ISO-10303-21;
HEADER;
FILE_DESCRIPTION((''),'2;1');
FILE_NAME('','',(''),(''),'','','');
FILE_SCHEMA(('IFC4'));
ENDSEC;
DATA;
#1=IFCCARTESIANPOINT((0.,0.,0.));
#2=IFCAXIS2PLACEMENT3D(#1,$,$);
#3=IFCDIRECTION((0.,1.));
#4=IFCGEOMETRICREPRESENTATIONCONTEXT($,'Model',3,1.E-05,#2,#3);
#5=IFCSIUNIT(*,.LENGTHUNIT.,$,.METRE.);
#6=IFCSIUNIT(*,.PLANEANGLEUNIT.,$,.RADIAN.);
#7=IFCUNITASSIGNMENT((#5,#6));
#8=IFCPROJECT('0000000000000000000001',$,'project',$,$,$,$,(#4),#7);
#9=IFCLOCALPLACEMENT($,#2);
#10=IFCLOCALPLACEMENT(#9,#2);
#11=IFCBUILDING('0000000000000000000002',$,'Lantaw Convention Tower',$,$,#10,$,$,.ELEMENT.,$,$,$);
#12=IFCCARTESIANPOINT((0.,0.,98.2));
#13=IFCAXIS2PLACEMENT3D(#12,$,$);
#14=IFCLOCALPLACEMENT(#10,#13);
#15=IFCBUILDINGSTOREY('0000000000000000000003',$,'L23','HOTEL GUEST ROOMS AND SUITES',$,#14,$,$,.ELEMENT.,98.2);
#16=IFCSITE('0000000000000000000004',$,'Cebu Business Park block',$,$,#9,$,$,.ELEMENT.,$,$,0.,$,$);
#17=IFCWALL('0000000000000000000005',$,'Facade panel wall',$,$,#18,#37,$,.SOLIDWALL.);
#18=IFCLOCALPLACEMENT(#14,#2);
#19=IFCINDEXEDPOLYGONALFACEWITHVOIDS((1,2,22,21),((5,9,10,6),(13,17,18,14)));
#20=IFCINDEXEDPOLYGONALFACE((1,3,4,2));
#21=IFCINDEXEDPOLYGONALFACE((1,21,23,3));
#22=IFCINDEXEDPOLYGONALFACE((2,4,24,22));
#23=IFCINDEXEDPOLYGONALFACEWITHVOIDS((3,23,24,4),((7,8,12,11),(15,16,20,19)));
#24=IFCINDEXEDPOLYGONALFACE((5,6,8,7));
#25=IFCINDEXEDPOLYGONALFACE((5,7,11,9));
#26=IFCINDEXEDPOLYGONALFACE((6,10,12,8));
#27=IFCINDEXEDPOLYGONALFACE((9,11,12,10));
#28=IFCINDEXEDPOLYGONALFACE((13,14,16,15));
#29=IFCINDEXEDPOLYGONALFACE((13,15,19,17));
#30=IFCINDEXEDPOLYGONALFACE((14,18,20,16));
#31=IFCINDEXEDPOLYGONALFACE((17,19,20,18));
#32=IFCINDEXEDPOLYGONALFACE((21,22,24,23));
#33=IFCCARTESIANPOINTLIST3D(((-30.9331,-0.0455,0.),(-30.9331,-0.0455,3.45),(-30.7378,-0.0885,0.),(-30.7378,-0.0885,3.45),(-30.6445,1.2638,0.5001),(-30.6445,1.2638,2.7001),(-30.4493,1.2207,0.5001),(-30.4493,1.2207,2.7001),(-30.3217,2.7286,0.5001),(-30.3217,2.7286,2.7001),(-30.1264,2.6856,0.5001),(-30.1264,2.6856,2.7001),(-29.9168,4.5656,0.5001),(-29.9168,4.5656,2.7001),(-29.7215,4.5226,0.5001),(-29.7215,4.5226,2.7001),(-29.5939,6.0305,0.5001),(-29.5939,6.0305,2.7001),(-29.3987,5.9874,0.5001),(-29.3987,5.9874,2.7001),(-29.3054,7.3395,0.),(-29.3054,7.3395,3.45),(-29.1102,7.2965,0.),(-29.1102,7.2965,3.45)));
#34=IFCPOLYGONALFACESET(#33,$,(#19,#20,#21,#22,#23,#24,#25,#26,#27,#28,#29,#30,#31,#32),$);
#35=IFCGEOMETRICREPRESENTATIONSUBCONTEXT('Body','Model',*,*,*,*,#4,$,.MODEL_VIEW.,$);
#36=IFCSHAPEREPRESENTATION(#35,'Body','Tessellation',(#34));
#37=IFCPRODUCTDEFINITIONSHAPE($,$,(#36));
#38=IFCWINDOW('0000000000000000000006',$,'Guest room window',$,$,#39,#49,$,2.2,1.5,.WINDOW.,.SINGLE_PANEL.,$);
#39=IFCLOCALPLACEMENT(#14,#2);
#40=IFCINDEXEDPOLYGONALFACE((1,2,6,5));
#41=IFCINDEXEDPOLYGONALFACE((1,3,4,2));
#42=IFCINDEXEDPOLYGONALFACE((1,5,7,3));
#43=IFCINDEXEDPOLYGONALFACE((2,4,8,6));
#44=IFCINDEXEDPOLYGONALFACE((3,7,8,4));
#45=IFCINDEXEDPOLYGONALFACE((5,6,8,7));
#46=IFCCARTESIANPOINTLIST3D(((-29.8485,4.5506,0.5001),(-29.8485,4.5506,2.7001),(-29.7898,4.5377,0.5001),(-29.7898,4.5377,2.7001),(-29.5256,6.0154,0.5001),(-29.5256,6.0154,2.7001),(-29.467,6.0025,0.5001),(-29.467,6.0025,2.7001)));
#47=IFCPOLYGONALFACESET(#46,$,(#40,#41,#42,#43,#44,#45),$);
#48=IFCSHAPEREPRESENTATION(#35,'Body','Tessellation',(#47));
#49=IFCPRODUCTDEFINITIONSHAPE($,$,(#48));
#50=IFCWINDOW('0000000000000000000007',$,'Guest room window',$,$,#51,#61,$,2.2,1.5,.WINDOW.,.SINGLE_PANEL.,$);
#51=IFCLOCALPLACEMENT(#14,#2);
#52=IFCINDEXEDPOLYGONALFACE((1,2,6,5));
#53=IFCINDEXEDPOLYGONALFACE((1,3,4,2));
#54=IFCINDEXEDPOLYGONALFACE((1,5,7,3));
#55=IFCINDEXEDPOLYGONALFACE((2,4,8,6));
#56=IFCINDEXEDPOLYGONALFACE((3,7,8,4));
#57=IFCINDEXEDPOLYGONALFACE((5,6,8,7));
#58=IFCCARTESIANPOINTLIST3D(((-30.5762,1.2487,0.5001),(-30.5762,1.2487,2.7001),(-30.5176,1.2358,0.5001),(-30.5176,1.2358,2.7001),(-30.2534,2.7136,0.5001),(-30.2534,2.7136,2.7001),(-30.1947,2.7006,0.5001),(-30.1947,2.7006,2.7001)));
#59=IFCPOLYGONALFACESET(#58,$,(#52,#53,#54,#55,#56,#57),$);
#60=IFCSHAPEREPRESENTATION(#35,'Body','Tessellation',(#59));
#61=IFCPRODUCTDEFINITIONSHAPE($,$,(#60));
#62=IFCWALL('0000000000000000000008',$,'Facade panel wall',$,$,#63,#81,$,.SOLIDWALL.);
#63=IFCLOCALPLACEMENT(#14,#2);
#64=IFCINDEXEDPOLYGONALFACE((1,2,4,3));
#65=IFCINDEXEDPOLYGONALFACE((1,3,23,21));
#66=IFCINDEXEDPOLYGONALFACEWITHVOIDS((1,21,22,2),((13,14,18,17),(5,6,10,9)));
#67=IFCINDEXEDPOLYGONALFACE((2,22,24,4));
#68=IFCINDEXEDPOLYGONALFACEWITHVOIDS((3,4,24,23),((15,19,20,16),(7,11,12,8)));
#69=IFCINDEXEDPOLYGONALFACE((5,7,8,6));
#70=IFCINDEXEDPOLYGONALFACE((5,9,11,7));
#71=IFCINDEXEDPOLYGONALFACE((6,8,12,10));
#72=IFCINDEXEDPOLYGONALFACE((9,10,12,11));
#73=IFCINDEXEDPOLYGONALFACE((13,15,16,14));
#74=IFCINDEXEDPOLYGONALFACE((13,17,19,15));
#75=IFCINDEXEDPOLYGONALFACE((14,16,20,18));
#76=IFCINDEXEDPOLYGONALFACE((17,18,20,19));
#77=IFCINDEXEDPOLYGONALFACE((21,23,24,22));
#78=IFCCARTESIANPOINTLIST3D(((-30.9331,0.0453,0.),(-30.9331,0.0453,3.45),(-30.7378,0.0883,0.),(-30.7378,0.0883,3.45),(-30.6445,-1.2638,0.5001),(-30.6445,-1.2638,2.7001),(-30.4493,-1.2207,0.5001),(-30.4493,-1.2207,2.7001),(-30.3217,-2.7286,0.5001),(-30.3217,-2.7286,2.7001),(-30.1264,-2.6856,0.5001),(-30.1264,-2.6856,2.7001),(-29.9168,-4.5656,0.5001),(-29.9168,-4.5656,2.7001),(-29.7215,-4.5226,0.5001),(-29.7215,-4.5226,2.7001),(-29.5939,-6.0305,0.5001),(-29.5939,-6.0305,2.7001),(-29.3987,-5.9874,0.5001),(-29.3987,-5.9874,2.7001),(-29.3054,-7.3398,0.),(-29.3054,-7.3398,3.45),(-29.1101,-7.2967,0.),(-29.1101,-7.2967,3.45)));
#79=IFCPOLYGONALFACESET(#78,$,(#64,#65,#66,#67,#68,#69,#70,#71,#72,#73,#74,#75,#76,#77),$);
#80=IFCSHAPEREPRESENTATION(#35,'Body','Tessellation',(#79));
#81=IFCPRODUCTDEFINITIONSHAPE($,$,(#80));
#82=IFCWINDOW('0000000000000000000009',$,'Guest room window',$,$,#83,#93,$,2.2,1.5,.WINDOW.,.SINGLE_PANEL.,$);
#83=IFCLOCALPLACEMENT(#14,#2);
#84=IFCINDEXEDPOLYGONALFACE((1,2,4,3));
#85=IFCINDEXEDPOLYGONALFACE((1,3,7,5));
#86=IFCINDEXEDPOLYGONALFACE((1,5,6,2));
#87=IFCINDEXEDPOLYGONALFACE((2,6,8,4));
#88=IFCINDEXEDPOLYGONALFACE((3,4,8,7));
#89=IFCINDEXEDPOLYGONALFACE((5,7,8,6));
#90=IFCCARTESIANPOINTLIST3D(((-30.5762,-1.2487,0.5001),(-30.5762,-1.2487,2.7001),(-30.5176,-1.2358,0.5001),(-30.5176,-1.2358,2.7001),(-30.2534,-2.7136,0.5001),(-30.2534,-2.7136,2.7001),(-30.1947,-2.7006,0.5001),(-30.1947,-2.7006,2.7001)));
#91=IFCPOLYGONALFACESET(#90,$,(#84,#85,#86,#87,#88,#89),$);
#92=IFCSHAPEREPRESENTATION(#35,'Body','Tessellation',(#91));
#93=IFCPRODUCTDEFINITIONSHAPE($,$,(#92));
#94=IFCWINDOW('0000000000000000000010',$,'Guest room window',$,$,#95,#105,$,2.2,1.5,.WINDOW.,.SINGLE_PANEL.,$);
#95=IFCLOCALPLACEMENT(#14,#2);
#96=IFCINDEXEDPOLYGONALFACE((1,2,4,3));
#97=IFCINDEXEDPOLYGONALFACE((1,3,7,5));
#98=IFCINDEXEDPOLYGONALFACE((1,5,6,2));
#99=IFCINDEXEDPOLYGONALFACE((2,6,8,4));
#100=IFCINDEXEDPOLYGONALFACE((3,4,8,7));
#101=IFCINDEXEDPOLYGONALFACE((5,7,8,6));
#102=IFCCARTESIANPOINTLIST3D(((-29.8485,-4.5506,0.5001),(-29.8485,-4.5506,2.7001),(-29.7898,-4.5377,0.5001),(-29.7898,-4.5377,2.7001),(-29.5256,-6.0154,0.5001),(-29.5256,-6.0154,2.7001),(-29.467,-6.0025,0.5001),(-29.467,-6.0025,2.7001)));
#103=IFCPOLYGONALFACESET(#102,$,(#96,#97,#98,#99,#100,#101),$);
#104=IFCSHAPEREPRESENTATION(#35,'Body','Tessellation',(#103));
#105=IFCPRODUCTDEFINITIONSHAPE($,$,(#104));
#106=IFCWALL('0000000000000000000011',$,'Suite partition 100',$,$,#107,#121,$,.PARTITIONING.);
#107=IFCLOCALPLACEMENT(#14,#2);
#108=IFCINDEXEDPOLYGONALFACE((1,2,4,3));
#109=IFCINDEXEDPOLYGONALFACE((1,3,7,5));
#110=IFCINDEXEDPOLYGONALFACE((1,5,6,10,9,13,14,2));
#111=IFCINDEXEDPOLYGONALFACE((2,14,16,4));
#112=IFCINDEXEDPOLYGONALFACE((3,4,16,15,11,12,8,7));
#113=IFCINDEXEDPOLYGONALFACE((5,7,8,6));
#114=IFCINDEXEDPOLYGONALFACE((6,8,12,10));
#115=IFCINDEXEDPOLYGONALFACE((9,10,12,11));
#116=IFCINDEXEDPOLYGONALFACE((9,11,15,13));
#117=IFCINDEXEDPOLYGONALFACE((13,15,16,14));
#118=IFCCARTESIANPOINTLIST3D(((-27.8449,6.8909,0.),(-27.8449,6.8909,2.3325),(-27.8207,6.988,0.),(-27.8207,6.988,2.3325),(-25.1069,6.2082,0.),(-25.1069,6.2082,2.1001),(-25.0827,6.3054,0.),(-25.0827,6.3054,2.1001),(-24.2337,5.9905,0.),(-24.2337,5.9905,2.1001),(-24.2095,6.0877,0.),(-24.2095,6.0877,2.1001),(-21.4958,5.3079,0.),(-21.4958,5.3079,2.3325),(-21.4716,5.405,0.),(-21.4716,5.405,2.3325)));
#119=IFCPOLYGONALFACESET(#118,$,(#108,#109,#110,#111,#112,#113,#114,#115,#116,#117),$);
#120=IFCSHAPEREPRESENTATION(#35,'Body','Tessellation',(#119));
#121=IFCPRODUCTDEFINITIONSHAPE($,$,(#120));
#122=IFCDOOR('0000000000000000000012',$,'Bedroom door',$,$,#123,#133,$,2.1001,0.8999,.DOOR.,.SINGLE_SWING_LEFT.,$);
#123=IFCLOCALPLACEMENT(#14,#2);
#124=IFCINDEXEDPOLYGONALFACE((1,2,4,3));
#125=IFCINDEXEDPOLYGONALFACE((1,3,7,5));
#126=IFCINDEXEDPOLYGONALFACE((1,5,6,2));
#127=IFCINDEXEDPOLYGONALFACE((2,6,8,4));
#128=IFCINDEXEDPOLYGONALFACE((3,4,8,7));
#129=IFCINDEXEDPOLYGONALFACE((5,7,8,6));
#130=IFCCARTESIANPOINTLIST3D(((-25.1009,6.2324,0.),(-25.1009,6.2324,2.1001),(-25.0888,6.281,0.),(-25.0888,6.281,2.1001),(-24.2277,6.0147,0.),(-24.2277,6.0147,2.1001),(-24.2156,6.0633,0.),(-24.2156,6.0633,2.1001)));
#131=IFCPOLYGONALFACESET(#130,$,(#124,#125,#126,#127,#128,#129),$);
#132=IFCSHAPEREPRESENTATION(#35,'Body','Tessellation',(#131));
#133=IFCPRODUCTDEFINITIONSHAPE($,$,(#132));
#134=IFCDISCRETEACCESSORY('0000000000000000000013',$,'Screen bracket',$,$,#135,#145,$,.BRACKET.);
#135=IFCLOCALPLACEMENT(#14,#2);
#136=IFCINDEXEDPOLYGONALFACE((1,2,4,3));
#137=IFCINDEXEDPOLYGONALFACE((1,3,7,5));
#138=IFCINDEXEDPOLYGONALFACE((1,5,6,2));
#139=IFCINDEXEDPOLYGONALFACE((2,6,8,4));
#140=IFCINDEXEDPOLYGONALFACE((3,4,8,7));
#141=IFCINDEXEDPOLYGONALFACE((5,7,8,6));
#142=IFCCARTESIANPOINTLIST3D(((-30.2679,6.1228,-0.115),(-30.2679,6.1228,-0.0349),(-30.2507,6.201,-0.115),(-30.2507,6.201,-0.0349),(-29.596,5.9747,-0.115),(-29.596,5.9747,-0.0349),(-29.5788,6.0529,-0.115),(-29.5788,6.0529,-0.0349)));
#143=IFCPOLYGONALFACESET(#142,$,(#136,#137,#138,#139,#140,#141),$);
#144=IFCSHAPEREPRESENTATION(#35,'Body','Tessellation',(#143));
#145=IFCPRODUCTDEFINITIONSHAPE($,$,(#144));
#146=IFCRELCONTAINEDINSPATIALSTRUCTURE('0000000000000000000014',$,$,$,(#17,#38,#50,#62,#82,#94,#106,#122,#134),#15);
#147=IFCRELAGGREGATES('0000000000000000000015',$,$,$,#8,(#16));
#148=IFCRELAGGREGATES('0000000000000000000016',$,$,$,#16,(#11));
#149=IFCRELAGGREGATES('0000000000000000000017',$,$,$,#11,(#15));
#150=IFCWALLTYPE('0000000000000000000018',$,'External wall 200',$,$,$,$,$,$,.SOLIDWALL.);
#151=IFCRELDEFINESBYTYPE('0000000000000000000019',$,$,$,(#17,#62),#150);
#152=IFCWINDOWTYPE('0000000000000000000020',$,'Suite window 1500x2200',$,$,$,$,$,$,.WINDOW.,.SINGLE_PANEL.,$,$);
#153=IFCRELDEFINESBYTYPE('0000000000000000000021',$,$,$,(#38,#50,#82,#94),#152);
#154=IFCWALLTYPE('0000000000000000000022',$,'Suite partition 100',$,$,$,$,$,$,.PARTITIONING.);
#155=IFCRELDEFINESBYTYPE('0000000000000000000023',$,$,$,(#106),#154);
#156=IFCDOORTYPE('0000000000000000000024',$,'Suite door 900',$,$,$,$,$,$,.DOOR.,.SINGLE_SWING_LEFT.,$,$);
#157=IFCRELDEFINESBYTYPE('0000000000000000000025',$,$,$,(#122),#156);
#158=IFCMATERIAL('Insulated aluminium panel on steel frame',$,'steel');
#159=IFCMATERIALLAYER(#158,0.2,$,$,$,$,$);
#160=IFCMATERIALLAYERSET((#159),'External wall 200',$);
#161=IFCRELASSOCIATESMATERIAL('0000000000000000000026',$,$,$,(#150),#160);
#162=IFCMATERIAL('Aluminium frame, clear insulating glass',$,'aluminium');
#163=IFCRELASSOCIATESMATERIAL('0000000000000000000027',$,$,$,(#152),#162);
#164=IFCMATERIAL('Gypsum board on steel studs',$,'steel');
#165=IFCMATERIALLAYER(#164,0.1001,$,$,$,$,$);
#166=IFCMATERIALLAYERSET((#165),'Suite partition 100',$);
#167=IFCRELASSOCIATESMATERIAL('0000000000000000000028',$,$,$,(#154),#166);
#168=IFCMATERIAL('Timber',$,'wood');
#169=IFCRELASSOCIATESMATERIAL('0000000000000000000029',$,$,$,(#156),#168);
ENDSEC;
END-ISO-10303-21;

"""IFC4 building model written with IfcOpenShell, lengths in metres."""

from ifc_helpers import new_model, si_unit, direction, frame, frame_2d, origin, origin_2d, place, context, subcontext, project, spatial, rectangle, extrude, material, layer, layer_set, type_object, element, fill, save


model = new_model("IFC4")

# Units and contexts
model_context = context("Model", 3, precision=1e-05, world=origin(), true_north=direction((0.0, 1.0)))
body_context = subcontext(model_context, "Body", "Model", "MODEL_VIEW")
ifc_project = project(units=[si_unit("LENGTHUNIT", "METRE"), si_unit("PLANEANGLEUNIT", "RADIAN")], contexts=[model_context])

# Site, building, storey
site_placement = place(None, origin())
site = spatial("IfcSite", under=ifc_project, at=site_placement, Name="Cebu Business Park block", CompositionType="ELEMENT", RefElevation=0.0)
building_placement = place(site_placement, origin())
building = spatial("IfcBuilding", under=site, at=building_placement, Name="Lantaw Convention Tower", CompositionType="ELEMENT")
storey_placement = place(building_placement, frame((0.0, 0.0, 98.2)))
storey = spatial("IfcBuildingStorey", under=building, at=storey_placement, Name="L23", Description="HOTEL GUEST ROOMS AND SUITES", CompositionType="ELEMENT", Elevation=98.2)

# Walls, openings, windows
ifc_material_1 = material(Name="Insulated aluminium panel on steel frame", Category="steel")
ifc_layer_1 = layer(ifc_material_1, 0.2)
ifc_layer_set_1 = layer_set([ifc_layer_1], Name="External wall 200")
wall_type_1 = type_object("IfcWallType", Name="External wall 200", PredefinedType="SOLIDWALL", material=ifc_layer_set_1)
wall_1_placement = place(storey_placement, frame((-29.2078, 7.3181, 0.0), z_axis=(0.0, 0.0, 1.0), x_axis=(-0.215238, -0.976562, 0.0)))
wall_1 = element("IfcWall", 1, at=wall_1_placement, inside=storey, type_object=wall_type_1, Name="Facade panel wall", PredefinedType="SOLIDWALL", context=body_context, shape_type="SweptSolid", body=[
    extrude(rectangle(XDim=7.5623, YDim=0.2, at=frame_2d((3.7812, 0.0))), origin(), (0.0, 0.0, 1.0), 3.45),
])
opening_1_placement = place(wall_1_placement, frame((1.3406, 0.0, 0.5)))
opening_1 = element("IfcOpeningElement", 2, at=opening_1_placement, cuts=wall_1, PredefinedType="OPENING", context=body_context, shape_type="SweptSolid", body=[
    extrude(rectangle(XDim=1.5, YDim=2.2, at=frame_2d((0.75, 1.1001))), frame((0.0, 0.1099, 0.0), z_axis=(0.0, -1.0, 0.0), x_axis=(1.0, 0.0, 0.0)), (0.0, 0.0, 1.0), 0.22),
])
opening_2_placement = place(wall_1_placement, frame((4.7217, 0.0, 0.5)))
opening_2 = element("IfcOpeningElement", 3, at=opening_2_placement, cuts=wall_1, PredefinedType="OPENING", context=body_context, shape_type="SweptSolid", body=[
    extrude(rectangle(XDim=1.5, YDim=2.2, at=frame_2d((0.75, 1.1001))), frame((0.0, 0.1099, 0.0), z_axis=(0.0, -1.0, 0.0), x_axis=(1.0, 0.0, 0.0)), (0.0, 0.0, 1.0), 0.22),
])
ifc_material_2 = material(Name="Aluminium frame, clear insulating glass", Category="aluminium")
window_type = type_object("IfcWindowType", Name="Suite window 1500x2200", PartitioningType="SINGLE_PANEL", PredefinedType="WINDOW", material=ifc_material_2)
window_1_placement = place(opening_1_placement, origin())
window_1 = element("IfcWindow", 4, at=window_1_placement, inside=storey, type_object=window_type, Name="Guest room window", OverallHeight=2.2, OverallWidth=1.5, PartitioningType="SINGLE_PANEL", PredefinedType="WINDOW", context=body_context, shape_type="SweptSolid", body=[
    extrude(rectangle(XDim=1.5, YDim=2.2, at=frame_2d((0.75, 1.1001))), frame((0.0, 0.03, 0.0), z_axis=(0.0, -1.0, 0.0), x_axis=(1.0, 0.0, 0.0)), (0.0, 0.0, 1.0), 0.0601),
])
fill(opening_1, window_1)
window_2_placement = place(opening_2_placement, origin())
window_2 = element("IfcWindow", 5, at=window_2_placement, inside=storey, type_object=window_type, Name="Guest room window", OverallHeight=2.2, OverallWidth=1.5, PartitioningType="SINGLE_PANEL", PredefinedType="WINDOW", context=body_context, shape_type="SweptSolid", body=[
    extrude(rectangle(XDim=1.5, YDim=2.2, at=frame_2d((0.75, 1.1001))), frame((0.0, 0.03, 0.0), z_axis=(0.0, -1.0, 0.0), x_axis=(1.0, 0.0, 0.0)), (0.0, 0.0, 1.0), 0.0601),
])
fill(opening_2, window_2)
wall_2_placement = place(storey_placement, frame((-30.8354, 0.0669, 0.0), z_axis=(0.0, 0.0, 1.0), x_axis=(0.215238, -0.976562, 0.0)))
wall_2 = element("IfcWall", 6, at=wall_2_placement, inside=storey, type_object=wall_type_1, Name="Facade panel wall", PredefinedType="SOLIDWALL", context=body_context, shape_type="SweptSolid", body=[
    extrude(rectangle(XDim=7.5623, YDim=0.2, at=frame_2d((3.7812, 0.0))), origin(), (0.0, 0.0, 1.0), 3.45),
])
opening_3_placement = place(wall_2_placement, frame((1.3406, 0.0, 0.5)))
opening_3 = element("IfcOpeningElement", 7, at=opening_3_placement, cuts=wall_2, PredefinedType="OPENING", context=body_context, shape_type="SweptSolid", body=[
    extrude(rectangle(XDim=1.5, YDim=2.2, at=frame_2d((0.75, 1.1001))), frame((0.0, 0.1099, 0.0), z_axis=(0.0, -1.0, 0.0), x_axis=(1.0, 0.0, 0.0)), (0.0, 0.0, 1.0), 0.22),
])
opening_4_placement = place(wall_2_placement, frame((4.7217, 0.0, 0.5)))
opening_4 = element("IfcOpeningElement", 8, at=opening_4_placement, cuts=wall_2, PredefinedType="OPENING", context=body_context, shape_type="SweptSolid", body=[
    extrude(rectangle(XDim=1.5, YDim=2.2, at=frame_2d((0.75, 1.1001))), frame((0.0, 0.1099, 0.0), z_axis=(0.0, -1.0, 0.0), x_axis=(1.0, 0.0, 0.0)), (0.0, 0.0, 1.0), 0.22),
])
window_3_placement = place(opening_3_placement, origin())
window_3 = element("IfcWindow", 9, at=window_3_placement, inside=storey, type_object=window_type, Name="Guest room window", OverallHeight=2.2, OverallWidth=1.5, PartitioningType="SINGLE_PANEL", PredefinedType="WINDOW", context=body_context, shape_type="SweptSolid", body=[
    extrude(rectangle(XDim=1.5, YDim=2.2, at=frame_2d((0.75, 1.1001))), frame((0.0, 0.03, 0.0), z_axis=(0.0, -1.0, 0.0), x_axis=(1.0, 0.0, 0.0)), (0.0, 0.0, 1.0), 0.0601),
])
fill(opening_3, window_3)
window_4_placement = place(opening_4_placement, origin())
window_4 = element("IfcWindow", 10, at=window_4_placement, inside=storey, type_object=window_type, Name="Guest room window", OverallHeight=2.2, OverallWidth=1.5, PartitioningType="SINGLE_PANEL", PredefinedType="WINDOW", context=body_context, shape_type="SweptSolid", body=[
    extrude(rectangle(XDim=1.5, YDim=2.2, at=frame_2d((0.75, 1.1001))), frame((0.0, 0.03, 0.0), z_axis=(0.0, -1.0, 0.0), x_axis=(1.0, 0.0, 0.0)), (0.0, 0.0, 1.0), 0.0601),
])
fill(opening_4, window_4)

# Wall, opening, door
ifc_material_3 = material(Name="Gypsum board on steel studs", Category="steel")
ifc_layer_2 = layer(ifc_material_3, 0.1001)
ifc_layer_set_2 = layer_set([ifc_layer_2], Name="Suite partition 100")
wall_type_2 = type_object("IfcWallType", Name="Suite partition 100", PredefinedType="PARTITIONING", material=ifc_layer_set_2)
wall_3_placement = place(storey_placement, frame((-27.8328, 6.9395, 0.0), z_axis=(0.0, 0.0, 1.0), x_axis=(0.970296, -0.241921, 0.0)))
wall_3 = element("IfcWall", 11, at=wall_3_placement, inside=storey, type_object=wall_type_2, Name="Suite partition 100", PredefinedType="PARTITIONING", context=body_context, shape_type="SweptSolid", body=[
    extrude(rectangle(XDim=6.5435, YDim=0.1001, at=frame_2d((3.2717, 0.0))), origin(), (0.0, 0.0, 1.0), 2.3325),
])
opening_5_placement = place(wall_3_placement, frame((2.8218, 0.0, 0.0)))
opening_5 = element("IfcOpeningElement", 12, at=opening_5_placement, cuts=wall_3, PredefinedType="OPENING", context=body_context, shape_type="SweptSolid", body=[
    extrude(rectangle(XDim=0.8999, YDim=2.1001, at=frame_2d((0.45, 1.05))), frame((0.0, 0.0601, 0.0), z_axis=(0.0, -1.0, 0.0), x_axis=(1.0, 0.0, 0.0)), (0.0, 0.0, 1.0), 0.1201),
])
ifc_material_4 = material(Name="Timber", Category="wood")
door_type_1 = type_object("IfcDoorType", Name="Suite door 900", OperationType="SINGLE_SWING_LEFT", PredefinedType="DOOR", material=ifc_material_4)
door_1_placement = place(opening_5_placement, origin())
door_1 = element("IfcDoor", 13, at=door_1_placement, inside=storey, type_object=door_type_1, Name="Bedroom door", OperationType="SINGLE_SWING_LEFT", OverallHeight=2.1001, OverallWidth=0.8999, PredefinedType="DOOR", context=body_context, shape_type="SweptSolid", body=[
    extrude(rectangle(XDim=0.8999, YDim=2.1001, at=frame_2d((0.45, 1.05))), frame((0.0, 0.0249, 0.0), z_axis=(0.0, -1.0, 0.0), x_axis=(1.0, 0.0, 0.0)), (0.0, 0.0, 1.0), 0.05),
])
fill(opening_5, door_1)

# Discrete accessory
discrete_accessory_placement = place(storey_placement, frame((-29.9233, 6.0879, -0.115), z_axis=(0.0, 0.0, 1.0), x_axis=(-0.215246, -0.97656, 0.0)))
element("IfcDiscreteAccessory", 14, at=discrete_accessory_placement, inside=storey, Name="Screen bracket", PredefinedType="BRACKET", context=body_context, shape_type="SweptSolid", body=[
    extrude(rectangle(XDim=0.0801, YDim=0.688, at=origin_2d()), origin(), (0.0, 0.0, 1.0), 0.0801),
])

save(model, "model.ifc")
